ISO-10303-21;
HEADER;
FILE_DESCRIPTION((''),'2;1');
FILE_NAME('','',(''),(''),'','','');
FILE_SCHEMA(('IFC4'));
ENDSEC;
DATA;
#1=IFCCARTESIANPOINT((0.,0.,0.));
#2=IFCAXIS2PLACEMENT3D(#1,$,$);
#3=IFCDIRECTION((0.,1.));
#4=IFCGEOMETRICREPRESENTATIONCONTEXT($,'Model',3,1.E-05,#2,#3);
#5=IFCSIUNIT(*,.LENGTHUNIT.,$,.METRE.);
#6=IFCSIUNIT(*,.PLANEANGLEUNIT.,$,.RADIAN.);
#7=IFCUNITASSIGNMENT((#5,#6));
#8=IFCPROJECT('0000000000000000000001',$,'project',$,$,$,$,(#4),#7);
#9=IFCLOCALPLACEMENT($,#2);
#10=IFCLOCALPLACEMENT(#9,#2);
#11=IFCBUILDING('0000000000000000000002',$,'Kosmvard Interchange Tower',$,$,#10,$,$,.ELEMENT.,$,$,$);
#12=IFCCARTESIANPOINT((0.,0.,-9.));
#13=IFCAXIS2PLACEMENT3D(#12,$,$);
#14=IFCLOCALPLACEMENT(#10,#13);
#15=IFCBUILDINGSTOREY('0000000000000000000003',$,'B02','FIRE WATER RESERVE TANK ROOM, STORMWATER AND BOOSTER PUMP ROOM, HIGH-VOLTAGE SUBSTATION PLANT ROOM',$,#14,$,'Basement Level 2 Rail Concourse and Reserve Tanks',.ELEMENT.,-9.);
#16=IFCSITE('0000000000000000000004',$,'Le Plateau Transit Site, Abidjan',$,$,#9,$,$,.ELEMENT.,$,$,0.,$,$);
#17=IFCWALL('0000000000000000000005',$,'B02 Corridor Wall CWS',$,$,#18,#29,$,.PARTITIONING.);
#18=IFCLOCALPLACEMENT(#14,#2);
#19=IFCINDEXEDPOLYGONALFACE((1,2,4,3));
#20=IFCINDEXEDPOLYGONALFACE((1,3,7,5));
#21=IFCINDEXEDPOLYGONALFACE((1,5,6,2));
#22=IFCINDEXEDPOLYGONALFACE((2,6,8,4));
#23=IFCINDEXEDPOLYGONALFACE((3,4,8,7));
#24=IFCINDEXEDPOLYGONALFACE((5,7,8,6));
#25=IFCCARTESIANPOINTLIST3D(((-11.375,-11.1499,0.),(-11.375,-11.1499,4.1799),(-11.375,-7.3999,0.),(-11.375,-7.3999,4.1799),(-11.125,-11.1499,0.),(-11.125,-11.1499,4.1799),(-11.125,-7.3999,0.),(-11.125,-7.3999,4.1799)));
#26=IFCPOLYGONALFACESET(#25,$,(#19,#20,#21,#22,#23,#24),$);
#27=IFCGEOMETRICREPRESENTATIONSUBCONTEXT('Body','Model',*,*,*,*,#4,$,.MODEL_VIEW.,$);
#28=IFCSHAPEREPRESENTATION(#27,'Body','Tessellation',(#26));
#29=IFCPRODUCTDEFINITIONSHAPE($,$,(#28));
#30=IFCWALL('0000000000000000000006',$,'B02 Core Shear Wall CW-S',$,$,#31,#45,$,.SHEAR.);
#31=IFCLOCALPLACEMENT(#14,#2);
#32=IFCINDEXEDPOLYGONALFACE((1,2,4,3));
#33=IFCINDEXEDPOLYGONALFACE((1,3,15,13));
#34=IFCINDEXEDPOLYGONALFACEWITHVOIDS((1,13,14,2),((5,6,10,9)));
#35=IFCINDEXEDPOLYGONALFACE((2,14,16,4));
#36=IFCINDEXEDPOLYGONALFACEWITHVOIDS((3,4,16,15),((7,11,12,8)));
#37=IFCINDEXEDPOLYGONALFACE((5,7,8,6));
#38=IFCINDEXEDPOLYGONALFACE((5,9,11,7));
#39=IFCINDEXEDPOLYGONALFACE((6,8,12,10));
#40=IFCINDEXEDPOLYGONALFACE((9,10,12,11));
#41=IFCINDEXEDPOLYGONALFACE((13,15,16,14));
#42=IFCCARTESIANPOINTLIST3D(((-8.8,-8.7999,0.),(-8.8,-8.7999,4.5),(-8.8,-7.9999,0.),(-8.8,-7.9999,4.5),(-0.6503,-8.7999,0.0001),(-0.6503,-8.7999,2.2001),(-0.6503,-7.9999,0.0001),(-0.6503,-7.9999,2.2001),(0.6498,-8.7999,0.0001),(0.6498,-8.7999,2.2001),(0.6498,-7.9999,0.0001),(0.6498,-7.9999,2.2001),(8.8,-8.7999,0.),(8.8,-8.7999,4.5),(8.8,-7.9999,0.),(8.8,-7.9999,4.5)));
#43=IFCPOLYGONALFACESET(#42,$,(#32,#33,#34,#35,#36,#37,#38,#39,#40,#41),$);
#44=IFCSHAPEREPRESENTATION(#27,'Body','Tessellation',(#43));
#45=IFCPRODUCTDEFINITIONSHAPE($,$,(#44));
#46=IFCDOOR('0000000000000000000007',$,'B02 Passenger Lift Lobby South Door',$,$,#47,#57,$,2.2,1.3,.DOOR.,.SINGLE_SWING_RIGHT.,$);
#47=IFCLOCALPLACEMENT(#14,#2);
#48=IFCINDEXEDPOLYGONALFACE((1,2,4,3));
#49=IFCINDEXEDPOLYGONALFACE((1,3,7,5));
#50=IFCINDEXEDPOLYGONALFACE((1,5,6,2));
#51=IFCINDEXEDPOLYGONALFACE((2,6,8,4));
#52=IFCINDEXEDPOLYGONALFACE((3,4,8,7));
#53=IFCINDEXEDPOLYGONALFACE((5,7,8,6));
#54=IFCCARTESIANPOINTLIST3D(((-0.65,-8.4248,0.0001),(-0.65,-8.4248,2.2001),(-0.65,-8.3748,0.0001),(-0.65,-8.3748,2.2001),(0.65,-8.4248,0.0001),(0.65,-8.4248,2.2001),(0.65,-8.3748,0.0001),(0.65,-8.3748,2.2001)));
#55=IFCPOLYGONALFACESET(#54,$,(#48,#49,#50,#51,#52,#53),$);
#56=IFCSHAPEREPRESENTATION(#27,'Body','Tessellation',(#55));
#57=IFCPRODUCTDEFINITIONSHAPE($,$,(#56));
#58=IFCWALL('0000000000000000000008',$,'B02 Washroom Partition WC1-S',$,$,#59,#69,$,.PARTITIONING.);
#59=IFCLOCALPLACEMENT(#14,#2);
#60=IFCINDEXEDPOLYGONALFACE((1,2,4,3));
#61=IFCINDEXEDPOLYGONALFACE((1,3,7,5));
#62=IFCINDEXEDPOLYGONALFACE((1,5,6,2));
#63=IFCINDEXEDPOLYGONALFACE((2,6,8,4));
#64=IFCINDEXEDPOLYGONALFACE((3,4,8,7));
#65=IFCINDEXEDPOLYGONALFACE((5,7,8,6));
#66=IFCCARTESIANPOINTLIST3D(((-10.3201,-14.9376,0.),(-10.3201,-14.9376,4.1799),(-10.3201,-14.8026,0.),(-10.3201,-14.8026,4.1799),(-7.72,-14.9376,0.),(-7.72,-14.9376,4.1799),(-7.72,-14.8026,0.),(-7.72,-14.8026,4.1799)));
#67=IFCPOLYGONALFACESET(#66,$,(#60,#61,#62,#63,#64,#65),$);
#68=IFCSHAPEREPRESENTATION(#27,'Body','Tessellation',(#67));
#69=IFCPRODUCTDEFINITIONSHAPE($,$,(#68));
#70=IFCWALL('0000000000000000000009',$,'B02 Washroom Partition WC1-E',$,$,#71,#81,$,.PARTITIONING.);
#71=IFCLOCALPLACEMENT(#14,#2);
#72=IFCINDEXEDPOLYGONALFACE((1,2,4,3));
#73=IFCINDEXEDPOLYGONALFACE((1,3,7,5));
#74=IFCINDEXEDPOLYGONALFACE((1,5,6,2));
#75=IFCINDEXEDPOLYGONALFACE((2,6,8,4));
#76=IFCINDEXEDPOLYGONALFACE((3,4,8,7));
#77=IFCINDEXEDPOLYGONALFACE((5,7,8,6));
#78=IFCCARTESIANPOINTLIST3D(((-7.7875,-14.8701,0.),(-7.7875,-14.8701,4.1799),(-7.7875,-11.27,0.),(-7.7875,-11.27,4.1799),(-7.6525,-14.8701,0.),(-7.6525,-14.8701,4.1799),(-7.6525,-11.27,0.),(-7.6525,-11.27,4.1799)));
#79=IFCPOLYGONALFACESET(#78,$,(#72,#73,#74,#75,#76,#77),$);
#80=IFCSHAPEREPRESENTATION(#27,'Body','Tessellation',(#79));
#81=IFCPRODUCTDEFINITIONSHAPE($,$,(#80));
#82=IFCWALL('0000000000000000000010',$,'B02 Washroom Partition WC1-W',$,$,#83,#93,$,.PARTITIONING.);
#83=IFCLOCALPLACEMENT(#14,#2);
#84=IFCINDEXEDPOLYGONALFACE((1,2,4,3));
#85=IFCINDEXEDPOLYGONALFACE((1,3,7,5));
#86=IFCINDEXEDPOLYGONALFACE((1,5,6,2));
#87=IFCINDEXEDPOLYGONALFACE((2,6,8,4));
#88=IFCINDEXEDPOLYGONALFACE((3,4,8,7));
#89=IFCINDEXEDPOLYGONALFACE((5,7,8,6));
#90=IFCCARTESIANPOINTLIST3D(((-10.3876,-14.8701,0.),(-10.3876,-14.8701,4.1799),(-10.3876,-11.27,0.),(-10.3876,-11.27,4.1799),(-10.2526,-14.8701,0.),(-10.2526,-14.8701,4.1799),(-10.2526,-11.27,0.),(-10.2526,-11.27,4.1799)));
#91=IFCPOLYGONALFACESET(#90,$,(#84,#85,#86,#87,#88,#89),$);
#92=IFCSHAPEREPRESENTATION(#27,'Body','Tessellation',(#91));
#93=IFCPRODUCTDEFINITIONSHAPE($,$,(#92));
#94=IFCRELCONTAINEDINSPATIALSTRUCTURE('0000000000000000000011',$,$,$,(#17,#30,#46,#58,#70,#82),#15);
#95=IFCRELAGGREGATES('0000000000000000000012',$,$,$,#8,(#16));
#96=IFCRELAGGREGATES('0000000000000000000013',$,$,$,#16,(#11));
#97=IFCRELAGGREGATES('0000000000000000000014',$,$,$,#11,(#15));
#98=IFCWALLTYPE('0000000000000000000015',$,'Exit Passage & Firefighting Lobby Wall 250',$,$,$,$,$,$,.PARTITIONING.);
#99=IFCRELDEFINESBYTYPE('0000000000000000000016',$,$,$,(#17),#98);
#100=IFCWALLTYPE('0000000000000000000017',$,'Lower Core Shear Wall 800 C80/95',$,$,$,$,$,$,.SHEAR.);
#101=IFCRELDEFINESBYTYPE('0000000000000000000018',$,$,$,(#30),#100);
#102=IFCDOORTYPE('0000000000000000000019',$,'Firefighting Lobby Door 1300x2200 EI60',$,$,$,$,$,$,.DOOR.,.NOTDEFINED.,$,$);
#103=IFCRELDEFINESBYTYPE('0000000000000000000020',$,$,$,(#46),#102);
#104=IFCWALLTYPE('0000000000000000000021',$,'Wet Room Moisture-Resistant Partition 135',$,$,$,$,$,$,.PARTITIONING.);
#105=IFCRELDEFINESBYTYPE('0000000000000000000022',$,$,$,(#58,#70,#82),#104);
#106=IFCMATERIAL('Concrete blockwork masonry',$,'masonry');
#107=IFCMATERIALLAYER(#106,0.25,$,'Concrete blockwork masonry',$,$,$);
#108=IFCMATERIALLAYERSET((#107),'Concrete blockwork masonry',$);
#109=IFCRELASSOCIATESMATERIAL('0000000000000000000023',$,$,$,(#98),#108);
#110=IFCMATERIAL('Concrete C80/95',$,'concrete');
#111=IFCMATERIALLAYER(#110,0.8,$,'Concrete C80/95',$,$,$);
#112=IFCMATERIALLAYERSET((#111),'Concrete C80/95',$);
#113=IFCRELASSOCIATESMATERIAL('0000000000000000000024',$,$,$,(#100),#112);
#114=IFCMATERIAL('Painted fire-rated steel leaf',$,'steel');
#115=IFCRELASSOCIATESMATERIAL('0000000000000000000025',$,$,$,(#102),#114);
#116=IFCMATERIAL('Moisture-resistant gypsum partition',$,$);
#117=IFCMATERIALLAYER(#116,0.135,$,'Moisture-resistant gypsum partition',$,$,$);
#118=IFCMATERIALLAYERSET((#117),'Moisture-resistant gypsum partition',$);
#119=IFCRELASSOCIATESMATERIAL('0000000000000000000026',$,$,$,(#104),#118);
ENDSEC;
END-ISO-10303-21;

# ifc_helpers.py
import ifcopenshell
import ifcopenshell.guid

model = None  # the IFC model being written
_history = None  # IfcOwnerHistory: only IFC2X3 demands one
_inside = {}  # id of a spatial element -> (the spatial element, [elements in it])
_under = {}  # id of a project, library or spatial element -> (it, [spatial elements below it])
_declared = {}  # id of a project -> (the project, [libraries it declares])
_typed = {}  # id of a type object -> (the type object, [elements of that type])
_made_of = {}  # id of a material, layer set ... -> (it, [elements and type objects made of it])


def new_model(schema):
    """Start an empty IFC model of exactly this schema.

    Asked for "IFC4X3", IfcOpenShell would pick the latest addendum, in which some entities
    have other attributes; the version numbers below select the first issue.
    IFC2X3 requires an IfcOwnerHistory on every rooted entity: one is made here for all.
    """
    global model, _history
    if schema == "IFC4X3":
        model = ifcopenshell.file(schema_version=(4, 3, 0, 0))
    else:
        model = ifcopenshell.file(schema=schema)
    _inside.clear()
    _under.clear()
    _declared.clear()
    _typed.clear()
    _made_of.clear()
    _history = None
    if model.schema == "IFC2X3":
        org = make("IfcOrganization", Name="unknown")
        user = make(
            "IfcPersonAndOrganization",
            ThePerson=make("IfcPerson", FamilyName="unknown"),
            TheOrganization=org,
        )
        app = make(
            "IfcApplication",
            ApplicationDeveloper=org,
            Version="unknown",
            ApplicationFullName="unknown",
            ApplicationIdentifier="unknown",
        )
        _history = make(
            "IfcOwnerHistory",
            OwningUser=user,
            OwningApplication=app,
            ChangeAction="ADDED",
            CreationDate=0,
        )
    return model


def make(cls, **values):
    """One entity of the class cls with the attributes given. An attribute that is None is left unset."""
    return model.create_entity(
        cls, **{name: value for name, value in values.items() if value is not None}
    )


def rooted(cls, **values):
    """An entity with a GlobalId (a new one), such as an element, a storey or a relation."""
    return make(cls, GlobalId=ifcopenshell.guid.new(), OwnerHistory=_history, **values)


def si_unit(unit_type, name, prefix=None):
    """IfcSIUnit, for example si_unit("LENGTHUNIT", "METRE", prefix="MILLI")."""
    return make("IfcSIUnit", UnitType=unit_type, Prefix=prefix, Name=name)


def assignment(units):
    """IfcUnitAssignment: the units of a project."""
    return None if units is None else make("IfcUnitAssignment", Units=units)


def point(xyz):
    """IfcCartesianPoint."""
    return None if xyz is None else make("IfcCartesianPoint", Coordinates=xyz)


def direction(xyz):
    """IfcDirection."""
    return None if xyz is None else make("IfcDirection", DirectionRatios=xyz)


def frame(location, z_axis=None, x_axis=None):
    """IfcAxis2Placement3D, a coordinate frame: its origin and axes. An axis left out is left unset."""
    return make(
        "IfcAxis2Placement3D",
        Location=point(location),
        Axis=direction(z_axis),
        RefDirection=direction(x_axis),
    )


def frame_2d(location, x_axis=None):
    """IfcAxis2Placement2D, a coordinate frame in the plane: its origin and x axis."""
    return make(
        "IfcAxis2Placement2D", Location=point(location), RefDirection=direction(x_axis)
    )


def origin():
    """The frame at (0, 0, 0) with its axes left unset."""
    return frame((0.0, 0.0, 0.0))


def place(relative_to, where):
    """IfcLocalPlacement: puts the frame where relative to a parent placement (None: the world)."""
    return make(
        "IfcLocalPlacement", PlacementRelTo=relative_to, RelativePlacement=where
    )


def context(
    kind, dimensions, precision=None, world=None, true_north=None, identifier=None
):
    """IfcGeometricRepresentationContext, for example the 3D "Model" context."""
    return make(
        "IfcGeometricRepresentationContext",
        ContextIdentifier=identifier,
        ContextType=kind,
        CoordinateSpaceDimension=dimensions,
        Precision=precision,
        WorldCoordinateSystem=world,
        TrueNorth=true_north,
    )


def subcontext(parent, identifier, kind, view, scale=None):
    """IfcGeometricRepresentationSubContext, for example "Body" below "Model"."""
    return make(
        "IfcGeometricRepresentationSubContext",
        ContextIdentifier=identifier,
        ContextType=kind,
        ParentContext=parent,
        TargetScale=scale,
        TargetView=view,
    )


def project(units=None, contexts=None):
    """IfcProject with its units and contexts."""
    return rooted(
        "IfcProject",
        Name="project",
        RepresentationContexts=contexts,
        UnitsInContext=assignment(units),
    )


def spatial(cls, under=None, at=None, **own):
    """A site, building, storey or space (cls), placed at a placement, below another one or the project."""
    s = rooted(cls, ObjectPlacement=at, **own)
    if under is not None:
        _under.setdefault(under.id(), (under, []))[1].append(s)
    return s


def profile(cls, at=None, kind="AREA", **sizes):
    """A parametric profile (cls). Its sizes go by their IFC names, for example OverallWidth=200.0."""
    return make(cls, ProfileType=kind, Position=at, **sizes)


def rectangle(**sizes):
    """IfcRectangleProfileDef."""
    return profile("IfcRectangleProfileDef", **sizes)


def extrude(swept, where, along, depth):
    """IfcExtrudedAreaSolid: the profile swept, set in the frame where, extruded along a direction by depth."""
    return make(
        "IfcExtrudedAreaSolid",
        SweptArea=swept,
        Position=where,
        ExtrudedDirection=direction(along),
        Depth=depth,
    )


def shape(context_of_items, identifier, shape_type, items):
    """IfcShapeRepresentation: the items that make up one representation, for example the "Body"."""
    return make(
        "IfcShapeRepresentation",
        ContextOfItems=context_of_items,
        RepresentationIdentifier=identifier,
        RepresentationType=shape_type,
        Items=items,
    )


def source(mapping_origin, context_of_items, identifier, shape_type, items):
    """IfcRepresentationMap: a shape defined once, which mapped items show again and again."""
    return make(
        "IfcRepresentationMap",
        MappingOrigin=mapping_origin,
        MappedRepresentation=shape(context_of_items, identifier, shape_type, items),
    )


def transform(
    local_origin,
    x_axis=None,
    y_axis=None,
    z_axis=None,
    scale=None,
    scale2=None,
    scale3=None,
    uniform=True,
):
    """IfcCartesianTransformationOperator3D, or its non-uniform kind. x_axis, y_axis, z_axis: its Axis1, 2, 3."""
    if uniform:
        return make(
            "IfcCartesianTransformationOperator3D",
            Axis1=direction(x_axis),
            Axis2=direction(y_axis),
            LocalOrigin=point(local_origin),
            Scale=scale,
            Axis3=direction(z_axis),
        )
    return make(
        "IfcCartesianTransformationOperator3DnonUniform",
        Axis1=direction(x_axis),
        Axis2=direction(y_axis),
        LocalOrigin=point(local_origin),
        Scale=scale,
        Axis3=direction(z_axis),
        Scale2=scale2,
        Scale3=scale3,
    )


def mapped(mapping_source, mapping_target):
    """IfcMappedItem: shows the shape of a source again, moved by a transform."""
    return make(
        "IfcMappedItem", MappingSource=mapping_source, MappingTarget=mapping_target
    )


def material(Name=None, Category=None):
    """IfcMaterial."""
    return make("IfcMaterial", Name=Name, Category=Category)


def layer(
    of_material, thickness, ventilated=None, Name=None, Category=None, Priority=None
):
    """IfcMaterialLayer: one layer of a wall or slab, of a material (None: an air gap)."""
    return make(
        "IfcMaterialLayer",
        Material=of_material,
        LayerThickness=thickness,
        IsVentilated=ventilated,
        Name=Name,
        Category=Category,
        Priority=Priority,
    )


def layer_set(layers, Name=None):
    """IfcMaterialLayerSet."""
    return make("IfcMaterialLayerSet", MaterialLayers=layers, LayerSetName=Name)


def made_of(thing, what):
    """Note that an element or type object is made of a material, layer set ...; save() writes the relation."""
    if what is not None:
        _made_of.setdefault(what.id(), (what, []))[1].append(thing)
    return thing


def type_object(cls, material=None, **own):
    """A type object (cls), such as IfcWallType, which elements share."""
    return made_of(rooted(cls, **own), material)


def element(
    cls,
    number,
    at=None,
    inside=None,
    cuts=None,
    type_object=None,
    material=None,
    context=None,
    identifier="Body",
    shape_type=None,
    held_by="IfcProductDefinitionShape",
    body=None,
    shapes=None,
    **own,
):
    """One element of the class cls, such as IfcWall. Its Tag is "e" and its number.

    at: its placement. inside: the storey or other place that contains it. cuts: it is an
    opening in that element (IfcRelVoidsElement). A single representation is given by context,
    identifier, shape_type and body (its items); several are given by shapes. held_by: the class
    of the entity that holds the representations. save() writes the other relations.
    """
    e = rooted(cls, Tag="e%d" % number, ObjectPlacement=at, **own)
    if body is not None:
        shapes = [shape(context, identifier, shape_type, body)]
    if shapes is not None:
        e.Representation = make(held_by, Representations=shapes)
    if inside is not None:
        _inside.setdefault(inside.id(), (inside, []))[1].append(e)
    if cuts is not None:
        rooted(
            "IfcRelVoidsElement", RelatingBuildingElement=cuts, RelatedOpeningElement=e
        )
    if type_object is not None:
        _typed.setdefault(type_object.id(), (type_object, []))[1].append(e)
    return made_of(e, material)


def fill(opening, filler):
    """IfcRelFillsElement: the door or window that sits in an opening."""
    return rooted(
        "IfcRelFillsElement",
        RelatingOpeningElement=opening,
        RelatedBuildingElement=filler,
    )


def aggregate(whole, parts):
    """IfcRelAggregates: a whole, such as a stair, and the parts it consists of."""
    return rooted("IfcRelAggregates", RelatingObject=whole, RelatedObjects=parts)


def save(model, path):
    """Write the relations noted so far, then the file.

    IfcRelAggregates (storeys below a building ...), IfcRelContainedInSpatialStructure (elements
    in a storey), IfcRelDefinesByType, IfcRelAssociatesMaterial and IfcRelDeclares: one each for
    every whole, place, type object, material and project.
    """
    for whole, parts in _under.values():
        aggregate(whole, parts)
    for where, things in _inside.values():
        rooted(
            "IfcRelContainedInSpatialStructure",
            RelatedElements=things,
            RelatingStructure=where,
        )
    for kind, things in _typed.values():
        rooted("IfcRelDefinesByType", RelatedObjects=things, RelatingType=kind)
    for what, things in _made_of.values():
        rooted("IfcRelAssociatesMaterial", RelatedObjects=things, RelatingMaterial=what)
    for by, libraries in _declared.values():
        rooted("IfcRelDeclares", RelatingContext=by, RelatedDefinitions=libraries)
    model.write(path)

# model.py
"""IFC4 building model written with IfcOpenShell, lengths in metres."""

from ifc_helpers import new_model, si_unit, direction, frame, frame_2d, origin, place, context, subcontext, project, spatial, rectangle, extrude, source, transform, mapped, material, layer, layer_set, type_object, element, fill, save


model = new_model("IFC4")

# Units and contexts
model_context = context("Model", 3, precision=1e-05, world=origin(), true_north=direction((0.0, 1.0)))
body_context = subcontext(model_context, "Body", "Model", "MODEL_VIEW")
ifc_project = project(units=[si_unit("LENGTHUNIT", "METRE"), si_unit("PLANEANGLEUNIT", "RADIAN")], contexts=[model_context])

# Site, building, storey
site_placement = place(None, origin())
site = spatial("IfcSite", under=ifc_project, at=site_placement, Name="Le Plateau Transit Site, Abidjan", CompositionType="ELEMENT", RefElevation=0.0)
building_placement = place(site_placement, origin())
building = spatial("IfcBuilding", under=site, at=building_placement, Name="Kosmvard Interchange Tower", CompositionType="ELEMENT")
storey_placement = place(building_placement, frame((0.0, 0.0, -9.0)))
storey = spatial("IfcBuildingStorey", under=building, at=storey_placement, Name="B02", Description="FIRE WATER RESERVE TANK ROOM, STORMWATER AND BOOSTER PUMP ROOM, HIGH-VOLTAGE SUBSTATION PLANT ROOM", LongName="Basement Level 2 Rail Concourse and Reserve Tanks", CompositionType="ELEMENT", Elevation=-9.0)

# Shared definitions
ifc_material_1 = material(Name="Concrete C80/95", Category="concrete")

# Shared definitions
ifc_material_2 = material(Name="Concrete blockwork masonry", Category="masonry")
ifc_layer_1 = layer(ifc_material_2, 0.25, Name="Concrete blockwork masonry")
ifc_layer_set_1 = layer_set([ifc_layer_1], Name="Concrete blockwork masonry")
wall_type_1 = type_object("IfcWallType", Name="Exit Passage & Firefighting Lobby Wall 250", PredefinedType="PARTITIONING", material=ifc_layer_set_1)
ifc_material_3 = material(Name="Painted fire-rated steel leaf", Category="steel")

# Wall
wall_1_placement = place(storey_placement, frame((-11.25, -11.1499, 0.0), z_axis=(0.0, 0.0, 1.0), x_axis=(0.0, 1.0, 0.0)))
element("IfcWall", 1, at=wall_1_placement, inside=storey, type_object=wall_type_1, Name="B02 Corridor Wall CWS", PredefinedType="PARTITIONING", context=body_context, shape_type="SweptSolid", body=[
    extrude(rectangle(XDim=3.75, YDim=0.25, at=frame_2d((1.875, 0.0))), origin(), (0.0, 0.0, 1.0), 4.1799),
])

# Wall, opening, door
ifc_layer_2 = layer(ifc_material_1, 0.8, Name="Concrete C80/95")
ifc_layer_set_2 = layer_set([ifc_layer_2], Name="Concrete C80/95")
wall_type_2 = type_object("IfcWallType", Name="Lower Core Shear Wall 800 C80/95", PredefinedType="SHEAR", material=ifc_layer_set_2)
wall_2_placement = place(storey_placement, frame((-8.8, -8.3999, 0.0), z_axis=(0.0, 0.0, 1.0), x_axis=(1.0, 0.0, 0.0)))
wall_2 = element("IfcWall", 2, at=wall_2_placement, inside=storey, type_object=wall_type_2, Name="B02 Core Shear Wall CW-S", PredefinedType="SHEAR", context=body_context, shape_type="SweptSolid", body=[
    extrude(rectangle(XDim=17.6001, YDim=0.8, at=frame_2d((8.8, 0.0))), origin(), (0.0, 0.0, 1.0), 4.5),
])
opening_1_placement = place(wall_2_placement, frame((8.1499, 0.0, 0.0)))
opening_1 = element("IfcOpeningElement", 3, at=opening_1_placement, cuts=wall_2, PredefinedType="OPENING", context=body_context, shape_type="SweptSolid", body=[
    extrude(rectangle(XDim=1.3, YDim=2.2, at=frame_2d((0.6499, 1.1001))), frame((0.0, 0.4102, 0.0), z_axis=(0.0, -1.0, 0.0), x_axis=(1.0, 0.0, 0.0)), (0.0, 0.0, 1.0), 0.8201),
])
door_type_1 = type_object("IfcDoorType", Name="Firefighting Lobby Door 1300x2200 EI60", OperationType="NOTDEFINED", PredefinedType="DOOR", material=ifc_material_3)
shared_shape_1 = source(origin(), body_context, "Body", "SweptSolid", [
    extrude(rectangle(XDim=1.3, YDim=2.2, at=frame_2d((0.6499, 1.1001))), frame((0.0, 0.0249, 0.0), z_axis=(0.0, -1.0, 0.0), x_axis=(1.0, 0.0, 0.0)), (0.0, 0.0, 1.0), 0.05),
])
door_1_placement = place(opening_1_placement, frame((1.3, 0.0, 0.0), z_axis=(0.0, 0.0, 1.0), x_axis=(-1.0, 0.0, 0.0)))
door_1 = element("IfcDoor", 4, at=door_1_placement, inside=storey, type_object=door_type_1, Name="B02 Passenger Lift Lobby South Door", OperationType="SINGLE_SWING_RIGHT", OverallHeight=2.2, OverallWidth=1.3, PredefinedType="DOOR", context=body_context, shape_type="MappedRepresentation", body=[
    mapped(shared_shape_1, transform((0.0, 0.0, 0.0), scale=1.0)),
])
fill(opening_1, door_1)

# Walls
ifc_material_4 = material(Name="Moisture-resistant gypsum partition")
ifc_layer_3 = layer(ifc_material_4, 0.135, Name="Moisture-resistant gypsum partition")
ifc_layer_set_3 = layer_set([ifc_layer_3], Name="Moisture-resistant gypsum partition")
wall_type_3 = type_object("IfcWallType", Name="Wet Room Moisture-Resistant Partition 135", PredefinedType="PARTITIONING", material=ifc_layer_set_3)
wall_3_placement = place(storey_placement, frame((-10.3201, -14.8701, 0.0), z_axis=(0.0, 0.0, 1.0), x_axis=(1.0, 0.0, 0.0)))
element("IfcWall", 5, at=wall_3_placement, inside=storey, type_object=wall_type_3, Name="B02 Washroom Partition WC1-S", PredefinedType="PARTITIONING", context=body_context, shape_type="SweptSolid", body=[
    extrude(rectangle(XDim=2.6001, YDim=0.135, at=frame_2d((1.3, 0.0))), origin(), (0.0, 0.0, 1.0), 4.1799),
])
for number, where, z_axis, x_axis, name in (
    (6, (-7.72, -14.8701, 0.0), (0.0, 0.0, 1.0), (0.0, 1.0, 0.0), "B02 Washroom Partition WC1-E"),
    (7, (-10.3201, -14.8701, 0.0), (0.0, 0.0, 1.0), (0.0, 1.0, 0.0), "B02 Washroom Partition WC1-W"),
):
    element("IfcWall", number, at=place(storey_placement, frame(where, z_axis=z_axis, x_axis=x_axis)), inside=storey, type_object=wall_type_3, Name=name, PredefinedType="PARTITIONING", context=body_context, shape_type="SweptSolid", body=[
        extrude(rectangle(XDim=3.6001, YDim=0.135, at=frame_2d((1.8, 0.0))), origin(), (0.0, 0.0, 1.0), 4.1799),
    ])

save(model, "model.ifc")
